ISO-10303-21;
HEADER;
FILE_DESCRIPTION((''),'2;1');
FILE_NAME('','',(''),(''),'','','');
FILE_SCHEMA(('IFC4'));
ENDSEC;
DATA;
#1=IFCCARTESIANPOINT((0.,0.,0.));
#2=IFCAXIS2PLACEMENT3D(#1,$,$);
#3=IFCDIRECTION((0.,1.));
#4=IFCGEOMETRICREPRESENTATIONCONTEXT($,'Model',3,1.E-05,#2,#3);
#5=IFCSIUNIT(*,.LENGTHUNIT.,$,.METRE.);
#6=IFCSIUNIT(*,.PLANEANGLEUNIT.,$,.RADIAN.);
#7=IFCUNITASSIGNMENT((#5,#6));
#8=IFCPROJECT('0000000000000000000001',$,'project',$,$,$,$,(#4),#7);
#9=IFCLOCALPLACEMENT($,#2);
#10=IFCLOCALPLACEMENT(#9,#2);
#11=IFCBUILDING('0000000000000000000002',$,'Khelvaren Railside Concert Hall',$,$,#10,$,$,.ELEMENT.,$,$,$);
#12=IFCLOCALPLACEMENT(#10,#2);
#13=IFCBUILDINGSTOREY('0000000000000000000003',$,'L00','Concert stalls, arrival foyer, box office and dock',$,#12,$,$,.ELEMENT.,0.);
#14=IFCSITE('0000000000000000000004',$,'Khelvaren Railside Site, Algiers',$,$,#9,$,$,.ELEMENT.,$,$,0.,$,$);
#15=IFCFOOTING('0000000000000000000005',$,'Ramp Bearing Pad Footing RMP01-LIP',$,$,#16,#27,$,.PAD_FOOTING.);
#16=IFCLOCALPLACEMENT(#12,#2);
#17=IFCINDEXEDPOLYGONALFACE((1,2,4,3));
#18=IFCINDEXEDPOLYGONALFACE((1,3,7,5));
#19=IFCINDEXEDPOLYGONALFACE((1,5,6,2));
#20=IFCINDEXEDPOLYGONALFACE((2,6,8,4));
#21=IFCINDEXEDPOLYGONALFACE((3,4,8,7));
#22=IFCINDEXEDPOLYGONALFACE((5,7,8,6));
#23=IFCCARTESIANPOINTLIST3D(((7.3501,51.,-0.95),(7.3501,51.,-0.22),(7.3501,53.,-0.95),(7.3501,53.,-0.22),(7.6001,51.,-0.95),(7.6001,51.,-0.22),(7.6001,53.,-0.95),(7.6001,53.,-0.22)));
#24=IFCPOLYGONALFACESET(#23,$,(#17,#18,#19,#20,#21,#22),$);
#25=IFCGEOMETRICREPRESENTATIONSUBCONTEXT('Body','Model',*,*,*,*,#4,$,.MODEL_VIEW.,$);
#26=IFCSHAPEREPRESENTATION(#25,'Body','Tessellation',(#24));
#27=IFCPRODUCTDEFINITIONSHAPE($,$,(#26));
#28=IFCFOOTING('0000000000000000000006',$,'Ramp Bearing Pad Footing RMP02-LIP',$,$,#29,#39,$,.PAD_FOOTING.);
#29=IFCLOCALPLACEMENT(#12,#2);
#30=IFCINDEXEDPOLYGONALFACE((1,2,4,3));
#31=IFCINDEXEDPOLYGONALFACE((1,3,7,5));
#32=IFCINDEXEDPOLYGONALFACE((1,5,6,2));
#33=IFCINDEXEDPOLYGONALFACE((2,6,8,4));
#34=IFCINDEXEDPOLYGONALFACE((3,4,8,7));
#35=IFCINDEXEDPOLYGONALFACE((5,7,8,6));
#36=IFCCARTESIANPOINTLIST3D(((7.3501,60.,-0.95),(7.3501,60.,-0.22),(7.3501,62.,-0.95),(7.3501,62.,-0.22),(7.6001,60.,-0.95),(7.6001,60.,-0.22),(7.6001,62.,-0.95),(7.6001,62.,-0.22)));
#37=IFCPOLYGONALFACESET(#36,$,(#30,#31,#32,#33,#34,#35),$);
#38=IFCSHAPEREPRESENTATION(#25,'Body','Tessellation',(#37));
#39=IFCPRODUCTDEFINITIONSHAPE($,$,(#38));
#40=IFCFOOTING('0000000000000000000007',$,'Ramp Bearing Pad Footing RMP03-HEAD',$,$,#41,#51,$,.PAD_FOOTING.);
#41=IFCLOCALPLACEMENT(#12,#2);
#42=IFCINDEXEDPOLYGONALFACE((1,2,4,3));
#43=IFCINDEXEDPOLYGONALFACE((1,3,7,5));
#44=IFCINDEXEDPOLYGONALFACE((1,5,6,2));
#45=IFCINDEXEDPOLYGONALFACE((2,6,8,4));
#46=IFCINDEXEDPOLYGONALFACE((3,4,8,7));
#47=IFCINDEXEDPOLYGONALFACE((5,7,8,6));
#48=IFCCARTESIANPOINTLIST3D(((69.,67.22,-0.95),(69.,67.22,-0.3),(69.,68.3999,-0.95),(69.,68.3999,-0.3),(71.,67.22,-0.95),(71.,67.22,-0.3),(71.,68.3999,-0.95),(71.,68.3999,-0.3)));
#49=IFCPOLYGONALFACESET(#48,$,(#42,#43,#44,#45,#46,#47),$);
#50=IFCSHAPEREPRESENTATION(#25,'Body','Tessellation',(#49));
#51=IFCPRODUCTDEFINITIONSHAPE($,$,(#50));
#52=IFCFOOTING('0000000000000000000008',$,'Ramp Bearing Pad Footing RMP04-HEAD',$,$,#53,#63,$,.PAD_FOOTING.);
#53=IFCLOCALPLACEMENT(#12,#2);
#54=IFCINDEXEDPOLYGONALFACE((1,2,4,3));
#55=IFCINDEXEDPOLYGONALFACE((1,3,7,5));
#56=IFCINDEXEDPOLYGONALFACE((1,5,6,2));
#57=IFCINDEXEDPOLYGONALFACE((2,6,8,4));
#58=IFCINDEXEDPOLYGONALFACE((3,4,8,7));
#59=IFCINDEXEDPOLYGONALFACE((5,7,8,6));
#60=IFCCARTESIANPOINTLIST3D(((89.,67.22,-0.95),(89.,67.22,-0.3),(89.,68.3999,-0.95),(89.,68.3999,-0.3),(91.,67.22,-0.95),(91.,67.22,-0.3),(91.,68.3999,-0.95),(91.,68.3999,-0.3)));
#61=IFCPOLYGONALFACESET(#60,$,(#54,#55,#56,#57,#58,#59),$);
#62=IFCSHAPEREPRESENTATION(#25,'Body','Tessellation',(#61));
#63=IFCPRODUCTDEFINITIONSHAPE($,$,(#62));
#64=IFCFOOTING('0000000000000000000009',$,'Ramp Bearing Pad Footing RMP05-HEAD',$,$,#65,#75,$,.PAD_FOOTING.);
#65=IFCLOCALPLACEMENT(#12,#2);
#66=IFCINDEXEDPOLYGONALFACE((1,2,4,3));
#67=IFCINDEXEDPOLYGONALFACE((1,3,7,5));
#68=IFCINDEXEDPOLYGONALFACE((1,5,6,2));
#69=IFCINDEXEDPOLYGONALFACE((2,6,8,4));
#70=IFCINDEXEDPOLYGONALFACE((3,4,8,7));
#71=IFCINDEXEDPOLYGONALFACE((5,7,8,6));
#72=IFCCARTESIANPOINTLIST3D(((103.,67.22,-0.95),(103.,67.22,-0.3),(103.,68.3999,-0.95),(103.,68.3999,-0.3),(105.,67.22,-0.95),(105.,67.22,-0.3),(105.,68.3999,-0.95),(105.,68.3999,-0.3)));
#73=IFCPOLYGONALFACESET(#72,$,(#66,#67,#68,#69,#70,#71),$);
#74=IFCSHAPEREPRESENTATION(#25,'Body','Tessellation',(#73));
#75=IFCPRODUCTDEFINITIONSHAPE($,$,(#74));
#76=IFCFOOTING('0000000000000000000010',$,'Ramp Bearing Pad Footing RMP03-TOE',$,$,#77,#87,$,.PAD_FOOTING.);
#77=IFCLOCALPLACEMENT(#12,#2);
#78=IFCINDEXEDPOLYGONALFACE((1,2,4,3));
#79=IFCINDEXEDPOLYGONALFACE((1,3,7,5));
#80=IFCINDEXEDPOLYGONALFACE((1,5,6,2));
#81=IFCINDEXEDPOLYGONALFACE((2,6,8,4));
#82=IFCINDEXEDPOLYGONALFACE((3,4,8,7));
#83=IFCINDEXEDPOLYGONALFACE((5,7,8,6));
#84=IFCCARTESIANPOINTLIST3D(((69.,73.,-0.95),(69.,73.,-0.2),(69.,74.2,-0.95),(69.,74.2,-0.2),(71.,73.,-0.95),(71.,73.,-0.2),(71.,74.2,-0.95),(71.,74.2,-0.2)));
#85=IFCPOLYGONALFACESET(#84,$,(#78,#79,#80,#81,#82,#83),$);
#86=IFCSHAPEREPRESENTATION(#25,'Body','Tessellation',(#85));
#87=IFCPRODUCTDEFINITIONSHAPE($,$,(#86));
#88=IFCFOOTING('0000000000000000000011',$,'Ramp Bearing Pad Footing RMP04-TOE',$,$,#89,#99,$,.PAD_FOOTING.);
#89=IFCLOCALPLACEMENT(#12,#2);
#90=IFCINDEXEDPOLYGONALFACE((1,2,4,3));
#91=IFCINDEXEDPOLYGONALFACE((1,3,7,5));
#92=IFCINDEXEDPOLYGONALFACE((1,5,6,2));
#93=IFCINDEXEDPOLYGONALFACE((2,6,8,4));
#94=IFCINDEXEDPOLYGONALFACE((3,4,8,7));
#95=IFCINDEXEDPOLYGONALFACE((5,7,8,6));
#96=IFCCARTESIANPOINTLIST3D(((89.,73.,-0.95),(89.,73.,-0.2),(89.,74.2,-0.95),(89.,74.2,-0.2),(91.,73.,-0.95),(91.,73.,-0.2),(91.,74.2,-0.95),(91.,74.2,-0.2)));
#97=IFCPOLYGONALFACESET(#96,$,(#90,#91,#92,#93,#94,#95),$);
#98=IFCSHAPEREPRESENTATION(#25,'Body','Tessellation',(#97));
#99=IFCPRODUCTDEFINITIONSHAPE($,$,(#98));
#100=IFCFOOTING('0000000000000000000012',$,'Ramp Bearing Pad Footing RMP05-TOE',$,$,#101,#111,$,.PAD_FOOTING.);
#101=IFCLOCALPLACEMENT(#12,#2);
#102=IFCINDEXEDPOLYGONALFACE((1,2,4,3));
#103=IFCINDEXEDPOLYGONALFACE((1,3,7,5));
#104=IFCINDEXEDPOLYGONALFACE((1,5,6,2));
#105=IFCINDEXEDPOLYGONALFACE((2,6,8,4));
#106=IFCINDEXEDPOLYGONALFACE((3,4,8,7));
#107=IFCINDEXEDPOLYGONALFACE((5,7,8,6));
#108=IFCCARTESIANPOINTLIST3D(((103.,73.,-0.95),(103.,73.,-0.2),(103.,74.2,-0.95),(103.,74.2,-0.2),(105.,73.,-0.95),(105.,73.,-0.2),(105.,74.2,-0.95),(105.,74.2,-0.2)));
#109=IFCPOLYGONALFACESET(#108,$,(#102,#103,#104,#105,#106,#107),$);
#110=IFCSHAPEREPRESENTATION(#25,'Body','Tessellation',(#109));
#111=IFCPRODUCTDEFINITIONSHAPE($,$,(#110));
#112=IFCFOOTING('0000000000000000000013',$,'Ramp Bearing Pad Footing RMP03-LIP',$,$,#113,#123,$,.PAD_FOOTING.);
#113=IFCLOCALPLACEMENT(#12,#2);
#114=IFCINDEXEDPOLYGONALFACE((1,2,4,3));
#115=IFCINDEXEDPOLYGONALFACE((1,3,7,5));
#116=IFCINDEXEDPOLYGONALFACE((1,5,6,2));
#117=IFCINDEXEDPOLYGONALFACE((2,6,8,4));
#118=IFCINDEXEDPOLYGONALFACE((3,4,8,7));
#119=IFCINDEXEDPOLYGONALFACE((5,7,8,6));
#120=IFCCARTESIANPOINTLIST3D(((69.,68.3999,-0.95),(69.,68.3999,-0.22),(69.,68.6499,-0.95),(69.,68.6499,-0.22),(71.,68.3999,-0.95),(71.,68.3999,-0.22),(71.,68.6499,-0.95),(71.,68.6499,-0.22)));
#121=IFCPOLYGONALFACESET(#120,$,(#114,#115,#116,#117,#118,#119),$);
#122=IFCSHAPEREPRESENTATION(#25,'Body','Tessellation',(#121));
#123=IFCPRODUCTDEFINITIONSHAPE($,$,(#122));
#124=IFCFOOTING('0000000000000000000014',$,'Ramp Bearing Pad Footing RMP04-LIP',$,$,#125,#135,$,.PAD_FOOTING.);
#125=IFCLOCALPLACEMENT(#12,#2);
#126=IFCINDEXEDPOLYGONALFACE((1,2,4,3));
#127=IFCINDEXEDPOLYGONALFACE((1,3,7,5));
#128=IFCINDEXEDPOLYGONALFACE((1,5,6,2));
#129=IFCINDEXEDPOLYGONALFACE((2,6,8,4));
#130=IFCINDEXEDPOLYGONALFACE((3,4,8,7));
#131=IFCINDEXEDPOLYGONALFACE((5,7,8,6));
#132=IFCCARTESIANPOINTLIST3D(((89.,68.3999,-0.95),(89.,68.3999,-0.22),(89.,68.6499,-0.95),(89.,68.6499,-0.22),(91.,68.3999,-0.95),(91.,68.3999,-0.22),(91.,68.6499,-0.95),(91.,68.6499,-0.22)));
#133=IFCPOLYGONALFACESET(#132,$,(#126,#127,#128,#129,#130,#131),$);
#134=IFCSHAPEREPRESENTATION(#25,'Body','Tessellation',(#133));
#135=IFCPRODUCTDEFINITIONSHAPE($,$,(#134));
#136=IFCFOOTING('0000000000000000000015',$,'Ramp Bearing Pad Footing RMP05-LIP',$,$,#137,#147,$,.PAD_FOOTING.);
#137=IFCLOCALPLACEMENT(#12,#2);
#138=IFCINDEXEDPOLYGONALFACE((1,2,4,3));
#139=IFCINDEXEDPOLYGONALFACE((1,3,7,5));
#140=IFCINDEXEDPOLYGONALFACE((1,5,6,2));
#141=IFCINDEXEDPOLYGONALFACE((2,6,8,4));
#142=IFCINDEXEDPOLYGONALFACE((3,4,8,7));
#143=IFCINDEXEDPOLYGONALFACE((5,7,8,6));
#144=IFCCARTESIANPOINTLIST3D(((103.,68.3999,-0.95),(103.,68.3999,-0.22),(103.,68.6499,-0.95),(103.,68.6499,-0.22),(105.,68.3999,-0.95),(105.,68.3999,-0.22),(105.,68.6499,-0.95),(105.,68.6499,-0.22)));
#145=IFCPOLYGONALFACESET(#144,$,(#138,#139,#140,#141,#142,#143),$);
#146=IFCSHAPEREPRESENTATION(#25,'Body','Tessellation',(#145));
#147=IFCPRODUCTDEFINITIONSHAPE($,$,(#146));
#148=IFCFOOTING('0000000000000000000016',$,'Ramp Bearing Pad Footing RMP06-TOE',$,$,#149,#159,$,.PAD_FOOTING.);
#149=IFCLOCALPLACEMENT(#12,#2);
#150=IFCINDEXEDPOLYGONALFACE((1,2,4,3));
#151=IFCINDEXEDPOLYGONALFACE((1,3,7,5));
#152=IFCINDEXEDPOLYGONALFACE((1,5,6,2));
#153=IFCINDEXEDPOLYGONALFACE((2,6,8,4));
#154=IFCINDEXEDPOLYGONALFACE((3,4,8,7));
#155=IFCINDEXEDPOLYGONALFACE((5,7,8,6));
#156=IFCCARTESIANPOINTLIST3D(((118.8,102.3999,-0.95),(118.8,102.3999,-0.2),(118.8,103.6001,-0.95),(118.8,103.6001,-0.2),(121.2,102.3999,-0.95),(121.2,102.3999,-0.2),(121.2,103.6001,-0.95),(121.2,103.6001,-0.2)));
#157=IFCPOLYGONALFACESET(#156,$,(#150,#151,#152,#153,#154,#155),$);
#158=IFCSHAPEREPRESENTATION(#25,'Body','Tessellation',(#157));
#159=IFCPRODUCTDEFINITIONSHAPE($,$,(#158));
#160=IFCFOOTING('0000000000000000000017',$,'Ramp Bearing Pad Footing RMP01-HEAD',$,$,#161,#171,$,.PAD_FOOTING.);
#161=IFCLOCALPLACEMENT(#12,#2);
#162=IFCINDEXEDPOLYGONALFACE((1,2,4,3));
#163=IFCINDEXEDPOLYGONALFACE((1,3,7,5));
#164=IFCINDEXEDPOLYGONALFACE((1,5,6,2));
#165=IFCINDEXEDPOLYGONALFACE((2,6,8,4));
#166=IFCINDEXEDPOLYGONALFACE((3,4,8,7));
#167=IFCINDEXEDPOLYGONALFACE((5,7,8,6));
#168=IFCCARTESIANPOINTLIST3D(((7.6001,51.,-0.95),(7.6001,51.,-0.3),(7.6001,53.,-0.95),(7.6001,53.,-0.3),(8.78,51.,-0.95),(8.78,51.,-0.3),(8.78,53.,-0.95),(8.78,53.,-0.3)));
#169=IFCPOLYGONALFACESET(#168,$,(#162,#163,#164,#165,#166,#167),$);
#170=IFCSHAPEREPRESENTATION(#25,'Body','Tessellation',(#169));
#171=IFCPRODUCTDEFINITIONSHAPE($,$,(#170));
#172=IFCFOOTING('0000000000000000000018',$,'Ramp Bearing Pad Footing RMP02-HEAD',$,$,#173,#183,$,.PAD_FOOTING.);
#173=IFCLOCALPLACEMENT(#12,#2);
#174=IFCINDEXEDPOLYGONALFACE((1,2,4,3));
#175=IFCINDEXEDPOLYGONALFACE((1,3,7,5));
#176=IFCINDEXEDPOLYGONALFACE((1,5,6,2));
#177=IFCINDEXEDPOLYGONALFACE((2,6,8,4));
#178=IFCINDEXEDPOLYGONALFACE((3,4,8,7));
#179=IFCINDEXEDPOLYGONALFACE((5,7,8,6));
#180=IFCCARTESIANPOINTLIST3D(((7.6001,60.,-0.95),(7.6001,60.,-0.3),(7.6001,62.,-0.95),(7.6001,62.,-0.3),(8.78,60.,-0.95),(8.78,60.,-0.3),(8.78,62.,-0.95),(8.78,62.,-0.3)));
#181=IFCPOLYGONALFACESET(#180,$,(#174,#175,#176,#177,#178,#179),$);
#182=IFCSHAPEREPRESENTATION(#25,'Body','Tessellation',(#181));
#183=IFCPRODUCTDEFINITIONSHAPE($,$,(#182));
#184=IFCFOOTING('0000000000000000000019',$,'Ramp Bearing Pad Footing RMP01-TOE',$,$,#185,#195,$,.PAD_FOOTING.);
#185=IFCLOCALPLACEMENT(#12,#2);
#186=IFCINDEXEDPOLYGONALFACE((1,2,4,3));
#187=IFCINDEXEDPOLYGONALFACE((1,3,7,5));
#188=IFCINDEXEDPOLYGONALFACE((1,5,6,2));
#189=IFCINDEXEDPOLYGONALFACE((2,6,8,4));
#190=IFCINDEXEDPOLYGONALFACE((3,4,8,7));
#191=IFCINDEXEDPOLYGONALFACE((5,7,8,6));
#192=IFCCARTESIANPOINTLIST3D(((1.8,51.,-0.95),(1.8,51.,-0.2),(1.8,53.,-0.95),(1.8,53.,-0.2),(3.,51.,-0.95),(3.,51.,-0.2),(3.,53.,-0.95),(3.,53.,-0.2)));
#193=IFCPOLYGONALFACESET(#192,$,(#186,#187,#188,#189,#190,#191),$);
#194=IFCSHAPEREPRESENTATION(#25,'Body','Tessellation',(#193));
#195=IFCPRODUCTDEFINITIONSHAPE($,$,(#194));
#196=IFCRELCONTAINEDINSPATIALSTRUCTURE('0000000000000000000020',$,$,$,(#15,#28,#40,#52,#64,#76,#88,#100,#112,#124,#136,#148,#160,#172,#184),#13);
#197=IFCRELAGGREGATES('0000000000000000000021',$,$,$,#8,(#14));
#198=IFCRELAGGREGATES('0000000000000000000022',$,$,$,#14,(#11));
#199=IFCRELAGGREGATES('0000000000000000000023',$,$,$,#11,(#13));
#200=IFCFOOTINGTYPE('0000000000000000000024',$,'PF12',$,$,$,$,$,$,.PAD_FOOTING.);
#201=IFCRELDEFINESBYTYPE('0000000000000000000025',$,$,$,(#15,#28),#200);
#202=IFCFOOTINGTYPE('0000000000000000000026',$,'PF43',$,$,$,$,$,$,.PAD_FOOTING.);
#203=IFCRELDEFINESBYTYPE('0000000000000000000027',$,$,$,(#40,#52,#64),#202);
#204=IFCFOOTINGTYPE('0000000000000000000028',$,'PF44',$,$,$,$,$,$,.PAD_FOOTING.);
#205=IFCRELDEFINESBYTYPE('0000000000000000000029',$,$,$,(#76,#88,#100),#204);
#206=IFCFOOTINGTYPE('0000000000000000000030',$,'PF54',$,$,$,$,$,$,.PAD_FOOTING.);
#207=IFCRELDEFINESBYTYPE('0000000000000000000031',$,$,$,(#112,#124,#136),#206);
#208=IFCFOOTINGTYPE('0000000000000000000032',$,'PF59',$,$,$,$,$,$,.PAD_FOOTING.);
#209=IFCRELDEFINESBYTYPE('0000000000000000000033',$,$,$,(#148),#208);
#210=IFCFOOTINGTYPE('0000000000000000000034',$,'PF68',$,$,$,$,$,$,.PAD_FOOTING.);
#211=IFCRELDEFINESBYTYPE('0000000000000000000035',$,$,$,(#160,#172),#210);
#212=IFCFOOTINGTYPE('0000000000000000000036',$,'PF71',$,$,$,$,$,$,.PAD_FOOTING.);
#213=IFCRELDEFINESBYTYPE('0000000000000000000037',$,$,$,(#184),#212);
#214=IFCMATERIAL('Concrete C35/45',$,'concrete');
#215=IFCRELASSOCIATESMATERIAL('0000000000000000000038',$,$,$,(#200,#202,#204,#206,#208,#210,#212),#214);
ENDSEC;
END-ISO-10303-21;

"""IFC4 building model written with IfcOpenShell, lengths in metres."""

from ifc_helpers import new_model, si_unit, direction, frame, origin, place, context, subcontext, project, spatial, polyline, outline, extrude, material, type_object, element, save


model = new_model("IFC4")

# Units and contexts
model_context = context("Model", 3, precision=1e-05, world=origin(), true_north=direction((0.0, 1.0)))
body_context = subcontext(model_context, "Body", "Model", "MODEL_VIEW")
ifc_project = project(units=[si_unit("LENGTHUNIT", "METRE"), si_unit("PLANEANGLEUNIT", "RADIAN")], contexts=[model_context])

# Site, building, storey
site_placement = place(None, origin())
site = spatial("IfcSite", under=ifc_project, at=site_placement, Name="Khelvaren Railside Site, Algiers", CompositionType="ELEMENT", RefElevation=0.0)
building_placement = place(site_placement, origin())
building = spatial("IfcBuilding", under=site, at=building_placement, Name="Khelvaren Railside Concert Hall", CompositionType="ELEMENT")
storey_placement = place(building_placement, origin())
storey = spatial("IfcBuildingStorey", under=building, at=storey_placement, Name="L00", Description="Concert stalls, arrival foyer, box office and dock", CompositionType="ELEMENT", Elevation=0.0)

# Footings
ifc_material_1 = material(Name="Concrete C35/45", Category="concrete")
footing_type_1 = type_object("IfcFootingType", Name="PF12", PredefinedType="PAD_FOOTING", material=ifc_material_1)
footing_1_placement = place(storey_placement, frame((0.0, 0.0, -0.95)))
element("IfcFooting", 1, at=footing_1_placement, inside=storey, type_object=footing_type_1, Name="Ramp Bearing Pad Footing RMP01-LIP", PredefinedType="PAD_FOOTING", context=body_context, shape_type="SweptSolid", body=[
    extrude(outline(polyline([(7.3501, 51.0), (7.6001, 51.0), (7.6001, 53.0), (7.3501, 53.0), (7.3501, 51.0)])), origin(), (0.0, 0.0, 1.0), 0.73),
])
footing_2_placement = place(storey_placement, frame((0.0, 0.0, -0.95)))
element("IfcFooting", 2, at=footing_2_placement, inside=storey, type_object=footing_type_1, Name="Ramp Bearing Pad Footing RMP02-LIP", PredefinedType="PAD_FOOTING", context=body_context, shape_type="SweptSolid", body=[
    extrude(outline(polyline([(7.3501, 60.0), (7.6001, 60.0), (7.6001, 62.0), (7.3501, 62.0), (7.3501, 60.0)])), origin(), (0.0, 0.0, 1.0), 0.73),
])
footing_type_2 = type_object("IfcFootingType", Name="PF43", PredefinedType="PAD_FOOTING", material=ifc_material_1)
footing_3_placement = place(storey_placement, frame((0.0, 0.0, -0.95)))
element("IfcFooting", 3, at=footing_3_placement, inside=storey, type_object=footing_type_2, Name="Ramp Bearing Pad Footing RMP03-HEAD", PredefinedType="PAD_FOOTING", context=body_context, shape_type="SweptSolid", body=[
    extrude(outline(polyline([(69.0, 67.22), (71.0, 67.22), (71.0, 68.3999), (69.0, 68.3999), (69.0, 67.22)])), origin(), (0.0, 0.0, 1.0), 0.6499),
])
footing_4_placement = place(storey_placement, frame((0.0, 0.0, -0.95)))
element("IfcFooting", 4, at=footing_4_placement, inside=storey, type_object=footing_type_2, Name="Ramp Bearing Pad Footing RMP04-HEAD", PredefinedType="PAD_FOOTING", context=body_context, shape_type="SweptSolid", body=[
    extrude(outline(polyline([(89.0, 67.22), (91.0, 67.22), (91.0, 68.3999), (89.0, 68.3999), (89.0, 67.22)])), origin(), (0.0, 0.0, 1.0), 0.6499),
])
footing_5_placement = place(storey_placement, frame((0.0, 0.0, -0.95)))
element("IfcFooting", 5, at=footing_5_placement, inside=storey, type_object=footing_type_2, Name="Ramp Bearing Pad Footing RMP05-HEAD", PredefinedType="PAD_FOOTING", context=body_context, shape_type="SweptSolid", body=[
    extrude(outline(polyline([(103.0, 67.22), (105.0, 67.22), (105.0, 68.3999), (103.0, 68.3999), (103.0, 67.22)])), origin(), (0.0, 0.0, 1.0), 0.6499),
])
footing_type_3 = type_object("IfcFootingType", Name="PF44", PredefinedType="PAD_FOOTING", material=ifc_material_1)
footing_6_placement = place(storey_placement, frame((0.0, 0.0, -0.95)))
element("IfcFooting", 6, at=footing_6_placement, inside=storey, type_object=footing_type_3, Name="Ramp Bearing Pad Footing RMP03-TOE", PredefinedType="PAD_FOOTING", context=body_context, shape_type="SweptSolid", body=[
    extrude(outline(polyline([(69.0, 73.0), (71.0, 73.0), (71.0, 74.2), (69.0, 74.2), (69.0, 73.0)])), origin(), (0.0, 0.0, 1.0), 0.75),
])
footing_7_placement = place(storey_placement, frame((0.0, 0.0, -0.95)))
element("IfcFooting", 7, at=footing_7_placement, inside=storey, type_object=footing_type_3, Name="Ramp Bearing Pad Footing RMP04-TOE", PredefinedType="PAD_FOOTING", context=body_context, shape_type="SweptSolid", body=[
    extrude(outline(polyline([(89.0, 73.0), (91.0, 73.0), (91.0, 74.2), (89.0, 74.2), (89.0, 73.0)])), origin(), (0.0, 0.0, 1.0), 0.75),
])
footing_8_placement = place(storey_placement, frame((0.0, 0.0, -0.95)))
element("IfcFooting", 8, at=footing_8_placement, inside=storey, type_object=footing_type_3, Name="Ramp Bearing Pad Footing RMP05-TOE", PredefinedType="PAD_FOOTING", context=body_context, shape_type="SweptSolid", body=[
    extrude(outline(polyline([(103.0, 73.0), (105.0, 73.0), (105.0, 74.2), (103.0, 74.2), (103.0, 73.0)])), origin(), (0.0, 0.0, 1.0), 0.75),
])
footing_type_4 = type_object("IfcFootingType", Name="PF54", PredefinedType="PAD_FOOTING", material=ifc_material_1)
footing_9_placement = place(storey_placement, frame((0.0, 0.0, -0.95)))
element("IfcFooting", 9, at=footing_9_placement, inside=storey, type_object=footing_type_4, Name="Ramp Bearing Pad Footing RMP03-LIP", PredefinedType="PAD_FOOTING", context=body_context, shape_type="SweptSolid", body=[
    extrude(outline(polyline([(69.0, 68.3999), (71.0, 68.3999), (71.0, 68.6499), (69.0, 68.6499), (69.0, 68.3999)])), origin(), (0.0, 0.0, 1.0), 0.73),
])
footing_10_placement = place(storey_placement, frame((0.0, 0.0, -0.95)))
element("IfcFooting", 10, at=footing_10_placement, inside=storey, type_object=footing_type_4, Name="Ramp Bearing Pad Footing RMP04-LIP", PredefinedType="PAD_FOOTING", context=body_context, shape_type="SweptSolid", body=[
    extrude(outline(polyline([(89.0, 68.3999), (91.0, 68.3999), (91.0, 68.6499), (89.0, 68.6499), (89.0, 68.3999)])), origin(), (0.0, 0.0, 1.0), 0.73),
])
footing_11_placement = place(storey_placement, frame((0.0, 0.0, -0.95)))
element("IfcFooting", 11, at=footing_11_placement, inside=storey, type_object=footing_type_4, Name="Ramp Bearing Pad Footing RMP05-LIP", PredefinedType="PAD_FOOTING", context=body_context, shape_type="SweptSolid", body=[
    extrude(outline(polyline([(103.0, 68.3999), (105.0, 68.3999), (105.0, 68.6499), (103.0, 68.6499), (103.0, 68.3999)])), origin(), (0.0, 0.0, 1.0), 0.73),
])
footing_type_5 = type_object("IfcFootingType", Name="PF59", PredefinedType="PAD_FOOTING", material=ifc_material_1)
footing_12_placement = place(storey_placement, frame((0.0, 0.0, -0.95)))
element("IfcFooting", 12, at=footing_12_placement, inside=storey, type_object=footing_type_5, Name="Ramp Bearing Pad Footing RMP06-TOE", PredefinedType="PAD_FOOTING", context=body_context, shape_type="SweptSolid", body=[
    extrude(outline(polyline([(118.8, 102.3999), (121.2, 102.3999), (121.2, 103.6001), (118.8, 103.6001), (118.8, 102.3999)])), origin(), (0.0, 0.0, 1.0), 0.75),
])
footing_type_6 = type_object("IfcFootingType", Name="PF68", PredefinedType="PAD_FOOTING", material=ifc_material_1)
footing_13_placement = place(storey_placement, frame((0.0, 0.0, -0.95)))
element("IfcFooting", 13, at=footing_13_placement, inside=storey, type_object=footing_type_6, Name="Ramp Bearing Pad Footing RMP01-HEAD", PredefinedType="PAD_FOOTING", context=body_context, shape_type="SweptSolid", body=[
    extrude(outline(polyline([(7.6001, 51.0), (8.78, 51.0), (8.78, 53.0), (7.6001, 53.0), (7.6001, 51.0)])), origin(), (0.0, 0.0, 1.0), 0.6499),
])
footing_14_placement = place(storey_placement, frame((0.0, 0.0, -0.95)))
element("IfcFooting", 14, at=footing_14_placement, inside=storey, type_object=footing_type_6, Name="Ramp Bearing Pad Footing RMP02-HEAD", PredefinedType="PAD_FOOTING", context=body_context, shape_type="SweptSolid", body=[
    extrude(outline(polyline([(7.6001, 60.0), (8.78, 60.0), (8.78, 62.0), (7.6001, 62.0), (7.6001, 60.0)])), origin(), (0.0, 0.0, 1.0), 0.6499),
])
footing_type_7 = type_object("IfcFootingType", Name="PF71", PredefinedType="PAD_FOOTING", material=ifc_material_1)
footing_15_placement = place(storey_placement, frame((0.0, 0.0, -0.95)))
element("IfcFooting", 15, at=footing_15_placement, inside=storey, type_object=footing_type_7, Name="Ramp Bearing Pad Footing RMP01-TOE", PredefinedType="PAD_FOOTING", context=body_context, shape_type="SweptSolid", body=[
    extrude(outline(polyline([(1.8, 51.0), (3.0, 51.0), (3.0, 53.0), (1.8, 53.0), (1.8, 51.0)])), origin(), (0.0, 0.0, 1.0), 0.75),
])

save(model, "model.ifc")
